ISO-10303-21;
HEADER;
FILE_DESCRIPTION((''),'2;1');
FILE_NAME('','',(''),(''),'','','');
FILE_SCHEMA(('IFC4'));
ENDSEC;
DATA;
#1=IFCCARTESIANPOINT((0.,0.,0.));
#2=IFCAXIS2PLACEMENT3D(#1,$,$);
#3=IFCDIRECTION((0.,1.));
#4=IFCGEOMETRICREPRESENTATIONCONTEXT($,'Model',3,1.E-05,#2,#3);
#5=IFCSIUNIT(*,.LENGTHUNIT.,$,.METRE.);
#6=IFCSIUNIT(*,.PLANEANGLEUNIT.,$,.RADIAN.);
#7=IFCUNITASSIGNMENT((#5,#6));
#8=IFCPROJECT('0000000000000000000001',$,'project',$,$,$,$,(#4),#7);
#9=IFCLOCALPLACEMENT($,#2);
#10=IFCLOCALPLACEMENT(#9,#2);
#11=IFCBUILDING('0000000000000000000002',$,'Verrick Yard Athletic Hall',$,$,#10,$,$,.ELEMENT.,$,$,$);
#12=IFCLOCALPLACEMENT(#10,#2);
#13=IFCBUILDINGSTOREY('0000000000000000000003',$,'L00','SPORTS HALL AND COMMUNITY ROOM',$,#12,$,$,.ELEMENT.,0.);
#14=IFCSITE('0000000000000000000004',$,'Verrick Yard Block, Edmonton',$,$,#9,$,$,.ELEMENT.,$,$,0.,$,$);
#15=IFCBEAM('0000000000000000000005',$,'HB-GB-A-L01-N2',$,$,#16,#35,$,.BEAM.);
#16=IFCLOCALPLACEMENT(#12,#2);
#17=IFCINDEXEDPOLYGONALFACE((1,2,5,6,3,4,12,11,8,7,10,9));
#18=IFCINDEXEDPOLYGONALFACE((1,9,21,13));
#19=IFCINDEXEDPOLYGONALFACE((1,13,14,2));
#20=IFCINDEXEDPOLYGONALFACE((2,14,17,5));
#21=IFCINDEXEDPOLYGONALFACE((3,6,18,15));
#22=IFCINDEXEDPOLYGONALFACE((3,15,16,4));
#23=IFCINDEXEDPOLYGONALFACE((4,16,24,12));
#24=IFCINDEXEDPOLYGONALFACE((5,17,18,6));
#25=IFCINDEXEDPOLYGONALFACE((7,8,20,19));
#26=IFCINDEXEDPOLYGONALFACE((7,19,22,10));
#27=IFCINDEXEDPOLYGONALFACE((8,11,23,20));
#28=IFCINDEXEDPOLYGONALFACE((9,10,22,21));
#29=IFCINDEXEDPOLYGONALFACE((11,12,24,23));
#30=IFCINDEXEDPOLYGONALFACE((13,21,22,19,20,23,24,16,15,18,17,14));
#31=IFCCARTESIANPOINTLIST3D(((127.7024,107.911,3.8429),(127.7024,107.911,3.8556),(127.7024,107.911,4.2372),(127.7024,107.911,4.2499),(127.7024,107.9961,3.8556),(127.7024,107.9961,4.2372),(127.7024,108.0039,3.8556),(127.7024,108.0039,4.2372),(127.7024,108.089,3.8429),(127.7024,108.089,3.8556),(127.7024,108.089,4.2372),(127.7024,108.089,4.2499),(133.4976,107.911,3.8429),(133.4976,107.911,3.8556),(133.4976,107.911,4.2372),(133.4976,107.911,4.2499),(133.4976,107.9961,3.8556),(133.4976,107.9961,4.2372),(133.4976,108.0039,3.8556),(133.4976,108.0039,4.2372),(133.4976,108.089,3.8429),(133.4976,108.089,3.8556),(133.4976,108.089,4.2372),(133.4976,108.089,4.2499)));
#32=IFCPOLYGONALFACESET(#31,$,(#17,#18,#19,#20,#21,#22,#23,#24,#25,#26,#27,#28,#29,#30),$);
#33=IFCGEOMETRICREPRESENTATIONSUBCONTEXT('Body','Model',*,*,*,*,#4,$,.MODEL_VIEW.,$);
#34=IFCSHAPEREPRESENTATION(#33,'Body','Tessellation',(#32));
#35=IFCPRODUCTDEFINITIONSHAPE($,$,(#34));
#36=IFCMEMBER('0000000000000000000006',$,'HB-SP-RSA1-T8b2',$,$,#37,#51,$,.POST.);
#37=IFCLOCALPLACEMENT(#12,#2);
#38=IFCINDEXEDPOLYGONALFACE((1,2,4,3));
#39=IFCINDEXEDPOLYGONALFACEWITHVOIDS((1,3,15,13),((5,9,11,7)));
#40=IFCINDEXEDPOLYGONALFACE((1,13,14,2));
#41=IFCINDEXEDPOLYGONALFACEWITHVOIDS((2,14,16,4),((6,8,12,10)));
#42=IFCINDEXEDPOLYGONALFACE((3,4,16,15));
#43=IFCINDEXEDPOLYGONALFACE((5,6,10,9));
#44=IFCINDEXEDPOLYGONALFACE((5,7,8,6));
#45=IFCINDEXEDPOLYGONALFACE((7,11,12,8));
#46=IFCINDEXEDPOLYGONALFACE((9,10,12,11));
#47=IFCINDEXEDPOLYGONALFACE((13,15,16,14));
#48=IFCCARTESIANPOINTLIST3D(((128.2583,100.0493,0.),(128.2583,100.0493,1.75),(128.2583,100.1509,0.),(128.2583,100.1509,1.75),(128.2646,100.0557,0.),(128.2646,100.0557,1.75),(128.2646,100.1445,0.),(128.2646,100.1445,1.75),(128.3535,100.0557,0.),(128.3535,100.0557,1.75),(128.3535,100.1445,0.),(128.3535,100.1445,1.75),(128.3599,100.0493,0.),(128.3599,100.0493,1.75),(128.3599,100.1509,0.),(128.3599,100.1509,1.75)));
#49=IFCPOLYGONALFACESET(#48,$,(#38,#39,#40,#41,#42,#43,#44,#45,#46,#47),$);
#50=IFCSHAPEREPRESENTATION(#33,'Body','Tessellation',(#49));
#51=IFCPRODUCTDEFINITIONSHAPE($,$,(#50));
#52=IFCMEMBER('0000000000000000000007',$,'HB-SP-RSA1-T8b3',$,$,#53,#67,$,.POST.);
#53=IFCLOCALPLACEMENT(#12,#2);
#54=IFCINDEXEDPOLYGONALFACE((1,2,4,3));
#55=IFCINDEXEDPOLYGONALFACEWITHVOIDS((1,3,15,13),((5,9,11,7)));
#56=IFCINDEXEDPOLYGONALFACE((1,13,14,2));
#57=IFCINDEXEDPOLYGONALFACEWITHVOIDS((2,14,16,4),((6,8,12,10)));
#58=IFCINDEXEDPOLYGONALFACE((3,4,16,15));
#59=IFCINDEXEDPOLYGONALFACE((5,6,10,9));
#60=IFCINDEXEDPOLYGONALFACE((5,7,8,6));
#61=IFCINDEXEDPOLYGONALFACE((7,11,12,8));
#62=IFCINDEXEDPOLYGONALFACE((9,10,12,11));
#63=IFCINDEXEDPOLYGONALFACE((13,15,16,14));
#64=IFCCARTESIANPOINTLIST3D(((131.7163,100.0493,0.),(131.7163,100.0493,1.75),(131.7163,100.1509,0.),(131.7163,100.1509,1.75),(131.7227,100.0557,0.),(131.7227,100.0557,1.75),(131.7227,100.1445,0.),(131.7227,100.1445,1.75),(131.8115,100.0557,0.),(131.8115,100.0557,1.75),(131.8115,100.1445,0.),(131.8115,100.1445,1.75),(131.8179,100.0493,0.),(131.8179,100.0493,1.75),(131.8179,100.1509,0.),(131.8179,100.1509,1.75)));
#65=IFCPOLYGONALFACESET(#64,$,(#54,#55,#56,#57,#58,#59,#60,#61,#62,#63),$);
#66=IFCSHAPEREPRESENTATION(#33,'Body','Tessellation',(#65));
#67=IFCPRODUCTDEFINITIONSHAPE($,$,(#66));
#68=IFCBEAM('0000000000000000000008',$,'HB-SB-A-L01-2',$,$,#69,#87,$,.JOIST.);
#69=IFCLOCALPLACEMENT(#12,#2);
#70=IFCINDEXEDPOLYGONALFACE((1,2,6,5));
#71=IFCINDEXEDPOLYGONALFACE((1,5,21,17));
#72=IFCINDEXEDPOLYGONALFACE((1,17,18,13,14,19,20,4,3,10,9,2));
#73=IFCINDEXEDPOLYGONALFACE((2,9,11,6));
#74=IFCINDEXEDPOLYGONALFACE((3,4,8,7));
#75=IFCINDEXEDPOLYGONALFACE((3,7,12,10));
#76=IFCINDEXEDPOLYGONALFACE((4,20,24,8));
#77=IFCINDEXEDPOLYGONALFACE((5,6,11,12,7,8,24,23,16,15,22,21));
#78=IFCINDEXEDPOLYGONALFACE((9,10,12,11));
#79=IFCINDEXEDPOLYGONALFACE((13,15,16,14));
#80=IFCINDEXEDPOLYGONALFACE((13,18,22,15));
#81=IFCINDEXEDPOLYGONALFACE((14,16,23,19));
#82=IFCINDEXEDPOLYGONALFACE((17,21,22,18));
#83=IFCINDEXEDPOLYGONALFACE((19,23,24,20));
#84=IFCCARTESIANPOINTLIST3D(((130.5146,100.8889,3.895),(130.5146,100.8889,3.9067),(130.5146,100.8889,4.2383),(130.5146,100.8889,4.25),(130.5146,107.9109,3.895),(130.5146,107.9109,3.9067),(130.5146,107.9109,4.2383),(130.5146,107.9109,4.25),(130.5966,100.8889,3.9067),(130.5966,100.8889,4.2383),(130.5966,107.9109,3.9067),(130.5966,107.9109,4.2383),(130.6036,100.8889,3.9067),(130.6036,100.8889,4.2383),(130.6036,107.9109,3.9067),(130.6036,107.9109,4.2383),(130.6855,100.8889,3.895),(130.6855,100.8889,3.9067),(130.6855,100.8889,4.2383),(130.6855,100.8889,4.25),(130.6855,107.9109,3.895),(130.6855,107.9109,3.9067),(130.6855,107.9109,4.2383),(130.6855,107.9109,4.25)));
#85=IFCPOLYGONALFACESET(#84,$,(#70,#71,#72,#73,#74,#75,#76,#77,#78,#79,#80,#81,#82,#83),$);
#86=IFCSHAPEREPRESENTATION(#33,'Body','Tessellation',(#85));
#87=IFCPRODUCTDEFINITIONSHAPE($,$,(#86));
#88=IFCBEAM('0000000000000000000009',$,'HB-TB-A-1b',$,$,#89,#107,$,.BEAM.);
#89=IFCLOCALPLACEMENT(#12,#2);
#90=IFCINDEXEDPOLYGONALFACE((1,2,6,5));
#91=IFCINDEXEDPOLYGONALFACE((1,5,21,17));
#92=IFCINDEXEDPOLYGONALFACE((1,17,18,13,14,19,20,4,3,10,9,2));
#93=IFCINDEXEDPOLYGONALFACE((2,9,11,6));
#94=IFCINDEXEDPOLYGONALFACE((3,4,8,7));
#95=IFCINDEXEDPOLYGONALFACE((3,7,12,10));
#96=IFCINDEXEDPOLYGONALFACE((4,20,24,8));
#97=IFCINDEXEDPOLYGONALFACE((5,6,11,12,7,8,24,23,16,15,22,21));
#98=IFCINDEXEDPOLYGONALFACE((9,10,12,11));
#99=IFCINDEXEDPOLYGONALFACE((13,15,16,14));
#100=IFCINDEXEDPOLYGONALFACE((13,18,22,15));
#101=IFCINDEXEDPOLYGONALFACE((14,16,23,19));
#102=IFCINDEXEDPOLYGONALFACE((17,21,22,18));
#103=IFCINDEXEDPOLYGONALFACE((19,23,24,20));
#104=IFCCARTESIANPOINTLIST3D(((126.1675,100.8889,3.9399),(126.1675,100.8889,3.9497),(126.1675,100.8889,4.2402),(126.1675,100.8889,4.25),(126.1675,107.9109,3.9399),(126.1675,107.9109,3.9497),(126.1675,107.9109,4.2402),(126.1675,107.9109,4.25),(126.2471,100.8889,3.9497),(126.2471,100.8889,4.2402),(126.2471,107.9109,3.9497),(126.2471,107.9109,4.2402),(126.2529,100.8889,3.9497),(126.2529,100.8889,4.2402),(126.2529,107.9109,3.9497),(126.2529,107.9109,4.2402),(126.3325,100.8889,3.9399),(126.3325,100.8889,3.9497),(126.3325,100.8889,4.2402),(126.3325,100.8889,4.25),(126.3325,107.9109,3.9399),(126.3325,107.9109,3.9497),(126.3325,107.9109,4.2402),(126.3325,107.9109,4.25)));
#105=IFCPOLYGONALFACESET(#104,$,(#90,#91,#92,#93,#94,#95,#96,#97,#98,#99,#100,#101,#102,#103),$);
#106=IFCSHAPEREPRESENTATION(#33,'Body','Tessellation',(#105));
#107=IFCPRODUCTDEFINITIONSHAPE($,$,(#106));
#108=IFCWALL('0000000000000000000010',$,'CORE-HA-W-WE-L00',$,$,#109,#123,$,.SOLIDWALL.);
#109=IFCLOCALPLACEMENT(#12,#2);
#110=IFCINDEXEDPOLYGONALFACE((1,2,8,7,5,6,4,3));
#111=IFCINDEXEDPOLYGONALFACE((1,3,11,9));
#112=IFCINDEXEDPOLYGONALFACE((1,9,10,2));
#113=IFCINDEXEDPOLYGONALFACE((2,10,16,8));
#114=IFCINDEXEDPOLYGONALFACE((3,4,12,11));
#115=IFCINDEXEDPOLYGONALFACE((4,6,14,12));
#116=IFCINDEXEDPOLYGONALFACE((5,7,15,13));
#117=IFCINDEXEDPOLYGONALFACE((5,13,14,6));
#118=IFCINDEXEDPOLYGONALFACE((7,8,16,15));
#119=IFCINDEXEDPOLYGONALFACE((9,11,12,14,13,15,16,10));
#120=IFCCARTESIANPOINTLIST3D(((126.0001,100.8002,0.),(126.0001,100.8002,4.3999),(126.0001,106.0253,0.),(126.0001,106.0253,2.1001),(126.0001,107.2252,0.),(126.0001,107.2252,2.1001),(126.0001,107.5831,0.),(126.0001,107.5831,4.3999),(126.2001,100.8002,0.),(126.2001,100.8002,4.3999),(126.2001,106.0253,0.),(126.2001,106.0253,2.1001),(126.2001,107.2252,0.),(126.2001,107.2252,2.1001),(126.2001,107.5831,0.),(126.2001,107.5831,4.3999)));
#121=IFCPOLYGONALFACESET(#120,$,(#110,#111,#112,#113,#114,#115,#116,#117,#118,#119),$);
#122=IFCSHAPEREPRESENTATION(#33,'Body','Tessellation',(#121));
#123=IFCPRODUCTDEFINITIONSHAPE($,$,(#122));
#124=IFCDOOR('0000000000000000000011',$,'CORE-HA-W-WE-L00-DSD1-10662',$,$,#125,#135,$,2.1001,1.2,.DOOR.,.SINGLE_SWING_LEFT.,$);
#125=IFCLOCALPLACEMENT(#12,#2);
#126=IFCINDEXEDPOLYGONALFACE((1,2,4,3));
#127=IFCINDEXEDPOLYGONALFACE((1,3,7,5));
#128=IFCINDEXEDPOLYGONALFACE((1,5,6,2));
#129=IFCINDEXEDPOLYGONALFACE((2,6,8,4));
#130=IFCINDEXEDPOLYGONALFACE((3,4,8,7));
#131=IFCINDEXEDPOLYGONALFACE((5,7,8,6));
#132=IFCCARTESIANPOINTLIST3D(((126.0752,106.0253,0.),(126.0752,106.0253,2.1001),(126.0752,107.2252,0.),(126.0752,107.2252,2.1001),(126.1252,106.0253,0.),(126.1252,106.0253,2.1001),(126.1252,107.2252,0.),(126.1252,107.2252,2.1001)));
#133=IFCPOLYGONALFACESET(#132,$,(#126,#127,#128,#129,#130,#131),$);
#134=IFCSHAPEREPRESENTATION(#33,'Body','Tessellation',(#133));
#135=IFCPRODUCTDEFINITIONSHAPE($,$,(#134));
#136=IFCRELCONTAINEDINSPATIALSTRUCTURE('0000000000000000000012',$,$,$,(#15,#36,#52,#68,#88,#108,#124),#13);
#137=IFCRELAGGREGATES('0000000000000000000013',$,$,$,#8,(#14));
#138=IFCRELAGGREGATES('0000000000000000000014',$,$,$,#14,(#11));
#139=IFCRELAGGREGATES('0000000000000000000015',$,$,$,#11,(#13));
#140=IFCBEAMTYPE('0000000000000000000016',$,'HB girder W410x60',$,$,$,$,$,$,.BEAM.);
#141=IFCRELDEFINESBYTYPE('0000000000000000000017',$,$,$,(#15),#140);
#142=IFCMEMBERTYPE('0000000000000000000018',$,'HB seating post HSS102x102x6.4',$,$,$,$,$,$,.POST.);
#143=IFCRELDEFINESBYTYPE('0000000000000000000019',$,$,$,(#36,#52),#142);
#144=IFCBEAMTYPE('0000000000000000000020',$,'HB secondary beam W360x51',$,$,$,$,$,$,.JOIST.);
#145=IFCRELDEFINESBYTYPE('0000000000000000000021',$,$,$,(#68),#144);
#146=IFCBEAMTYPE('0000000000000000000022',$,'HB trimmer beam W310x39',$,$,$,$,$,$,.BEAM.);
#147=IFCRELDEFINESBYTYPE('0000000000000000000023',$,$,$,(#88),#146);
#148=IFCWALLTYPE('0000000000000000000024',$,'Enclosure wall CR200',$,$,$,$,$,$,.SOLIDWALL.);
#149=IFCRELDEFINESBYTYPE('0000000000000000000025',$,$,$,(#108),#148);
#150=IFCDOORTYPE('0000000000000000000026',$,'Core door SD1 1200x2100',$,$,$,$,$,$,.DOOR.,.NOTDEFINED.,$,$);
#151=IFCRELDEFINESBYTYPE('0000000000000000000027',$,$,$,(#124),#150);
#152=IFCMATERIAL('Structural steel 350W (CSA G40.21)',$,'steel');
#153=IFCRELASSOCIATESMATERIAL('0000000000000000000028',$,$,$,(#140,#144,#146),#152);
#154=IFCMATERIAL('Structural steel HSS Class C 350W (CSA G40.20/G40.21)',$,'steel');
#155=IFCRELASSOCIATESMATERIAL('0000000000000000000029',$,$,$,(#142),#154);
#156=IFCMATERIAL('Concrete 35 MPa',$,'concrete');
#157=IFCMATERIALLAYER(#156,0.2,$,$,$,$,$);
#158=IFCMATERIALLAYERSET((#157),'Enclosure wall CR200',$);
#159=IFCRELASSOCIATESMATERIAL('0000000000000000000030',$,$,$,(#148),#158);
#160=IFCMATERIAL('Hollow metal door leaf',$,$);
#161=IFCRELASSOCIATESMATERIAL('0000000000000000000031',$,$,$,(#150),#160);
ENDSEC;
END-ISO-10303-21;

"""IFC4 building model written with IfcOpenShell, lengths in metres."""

from ifc_helpers import new_model, si_unit, direction, frame, frame_2d, origin, origin_2d, place, context, subcontext, project, spatial, rectangle, hollow_rectangle, i_section, extrude, material, layer, layer_set, material_profile, profile_set, type_object, element, fill, save


model = new_model("IFC4")

# Units and contexts
model_context = context("Model", 3, precision=1e-05, world=origin(), true_north=direction((0.0, 1.0)))
body_context = subcontext(model_context, "Body", "Model", "MODEL_VIEW")
ifc_project = project(units=[si_unit("LENGTHUNIT", "METRE"), si_unit("PLANEANGLEUNIT", "RADIAN")], contexts=[model_context])

# Site, building, storey
site_placement = place(None, origin())
site = spatial("IfcSite", under=ifc_project, at=site_placement, Name="Verrick Yard Block, Edmonton", CompositionType="ELEMENT", RefElevation=0.0)
building_placement = place(site_placement, origin())
building = spatial("IfcBuilding", under=site, at=building_placement, Name="Verrick Yard Athletic Hall", CompositionType="ELEMENT")
storey_placement = place(building_placement, origin())
storey = spatial("IfcBuildingStorey", under=building, at=storey_placement, Name="L00", Description="SPORTS HALL AND COMMUNITY ROOM", CompositionType="ELEMENT", Elevation=0.0)

# Shared definitions
ifc_material_1 = material(Name="Concrete 35 MPa", Category="concrete")

# Shared definitions
ifc_material_2 = material(Name="Structural steel 350W (CSA G40.21)", Category="steel")

# Beam
ifc_material_profile_1 = material_profile(ifc_material_2, i_section(OverallWidth=0.178, OverallDepth=0.407, WebThickness=0.0078, FlangeThickness=0.0127, at=origin_2d()), Name="W410x60")
ifc_profile_set_1 = profile_set([ifc_material_profile_1], Name="Structural steel 350W (CSA G40.21)")
beam_type_1 = type_object("IfcBeamType", Name="HB girder W410x60", PredefinedType="BEAM", material=ifc_profile_set_1)
for number, where, z_axis, x_axis, name in (
    (1, (127.7024, 108.0, 4.0464), (1.0, 0.0, 0.0), (0.0, 1.0, 0.0), "HB-GB-A-L01-N2"),
):
    element("IfcBeam", number, at=place(storey_placement, frame(where, z_axis=z_axis, x_axis=x_axis)), inside=storey, type_object=beam_type_1, Name=name, PredefinedType="BEAM", context=body_context, shape_type="SweptSolid", body=[
        extrude(i_section(OverallWidth=0.178, OverallDepth=0.407, WebThickness=0.0078, FlangeThickness=0.0127, at=origin_2d()), origin(), (0.0, 0.0, 1.0), 5.7952),
    ])

# Members
ifc_material_3 = material(Name="Structural steel HSS Class C 350W (CSA G40.20/G40.21)", Category="steel")
ifc_material_profile_2 = material_profile(ifc_material_3, hollow_rectangle(XDim=0.1016, YDim=0.1016, WallThickness=0.0063, at=origin_2d()), Name="HSS102x102x6.4")
ifc_profile_set_2 = profile_set([ifc_material_profile_2], Name="Structural steel HSS Class C 350W (CSA G40.20/G40.21)")
member_type = type_object("IfcMemberType", Name="HB seating post HSS102x102x6.4", PredefinedType="POST", material=ifc_profile_set_2)
for number, where, z_axis, x_axis, name in (
    (2, (128.3091, 100.1001, 0.0), (0.0, 0.0, 1.0), (0.0, 1.0, 0.0), "HB-SP-RSA1-T8b2"),
    (3, (131.7671, 100.1001, 0.0), (0.0, 0.0, 1.0), (0.0, 1.0, 0.0), "HB-SP-RSA1-T8b3"),
):
    element("IfcMember", number, at=place(storey_placement, frame(where, z_axis=z_axis, x_axis=x_axis)), inside=storey, type_object=member_type, Name=name, PredefinedType="POST", context=body_context, shape_type="SweptSolid", body=[
        extrude(hollow_rectangle(XDim=0.1016, YDim=0.1016, WallThickness=0.0063, at=origin_2d()), origin(), (0.0, 0.0, 1.0), 1.75),
    ])

# Beams
ifc_material_profile_3 = material_profile(ifc_material_2, i_section(OverallWidth=0.1709, OverallDepth=0.355, WebThickness=0.0071, FlangeThickness=0.0117, at=origin_2d()), Name="W360x51")
ifc_profile_set_3 = profile_set([ifc_material_profile_3], Name="Structural steel 350W (CSA G40.21)")
beam_type_2 = type_object("IfcBeamType", Name="HB secondary beam W360x51", PredefinedType="JOIST", material=ifc_profile_set_3)
beam_1_placement = place(storey_placement, frame((130.6001, 100.8889, 4.0725), z_axis=(0.0, 1.0, 0.0), x_axis=(-1.0, 0.0, 0.0)))
element("IfcBeam", 4, at=beam_1_placement, inside=storey, type_object=beam_type_2, Name="HB-SB-A-L01-2", PredefinedType="JOIST", context=body_context, shape_type="SweptSolid", body=[
    extrude(i_section(OverallWidth=0.1709, OverallDepth=0.355, WebThickness=0.0071, FlangeThickness=0.0117, at=origin_2d()), origin(), (0.0, 0.0, 1.0), 7.022),
])
ifc_material_profile_4 = material_profile(ifc_material_2, i_section(OverallWidth=0.165, OverallDepth=0.3101, WebThickness=0.0059, FlangeThickness=0.0098, at=origin_2d()), Name="W310x39")
ifc_profile_set_4 = profile_set([ifc_material_profile_4], Name="Structural steel 350W (CSA G40.21)")
beam_type_3 = type_object("IfcBeamType", Name="HB trimmer beam W310x39", PredefinedType="BEAM", material=ifc_profile_set_4)
beam_2_placement = place(storey_placement, frame((126.25, 100.8889, 4.095), z_axis=(0.0, 1.0, 0.0), x_axis=(-1.0, 0.0, 0.0)))
element("IfcBeam", 5, at=beam_2_placement, inside=storey, type_object=beam_type_3, Name="HB-TB-A-1b", PredefinedType="BEAM", context=body_context, shape_type="SweptSolid", body=[
    extrude(i_section(OverallWidth=0.165, OverallDepth=0.3101, WebThickness=0.0059, FlangeThickness=0.0098, at=origin_2d()), origin(), (0.0, 0.0, 1.0), 7.022),
])

# Wall, opening, door
ifc_layer_1 = layer(ifc_material_1, 0.2)
ifc_layer_set_1 = layer_set([ifc_layer_1], Name="Enclosure wall CR200")
wall_type_1 = type_object("IfcWallType", Name="Enclosure wall CR200", PredefinedType="SOLIDWALL", material=ifc_layer_set_1)
wall_1_placement = place(storey_placement, frame((126.1001, 100.8, 0.0), z_axis=(0.0, 0.0, 1.0), x_axis=(0.0, 1.0, 0.0)))
wall_1 = element("IfcWall", 6, at=wall_1_placement, inside=storey, type_object=wall_type_1, Name="CORE-HA-W-WE-L00", PredefinedType="SOLIDWALL", context=body_context, shape_type="SweptSolid", body=[
    extrude(rectangle(XDim=6.783, YDim=0.2, at=frame_2d((3.3916, 0.0))), origin(), (0.0, 0.0, 1.0), 4.3999),
])
opening_1_placement = place(wall_1_placement, frame((5.2251, 0.0, 0.0)))
opening_1 = element("IfcOpeningElement", 7, at=opening_1_placement, cuts=wall_1, PredefinedType="OPENING", context=body_context, shape_type="SweptSolid", body=[
    extrude(rectangle(XDim=1.2, YDim=2.1001, at=frame_2d((0.6001, 1.05))), frame((0.0, 0.1099, 0.0), z_axis=(0.0, -1.0, 0.0), x_axis=(1.0, 0.0, 0.0)), (0.0, 0.0, 1.0), 0.22),
])
ifc_material_4 = material(Name="Hollow metal door leaf")
door_type_1 = type_object("IfcDoorType", Name="Core door SD1 1200x2100", OperationType="NOTDEFINED", PredefinedType="DOOR", material=ifc_material_4)
door_1_placement = place(opening_1_placement, origin())
door_1 = element("IfcDoor", 8, at=door_1_placement, inside=storey, type_object=door_type_1, Name="CORE-HA-W-WE-L00-DSD1-10662", OperationType="SINGLE_SWING_LEFT", OverallHeight=2.1001, OverallWidth=1.2, PredefinedType="DOOR", context=body_context, shape_type="SweptSolid", body=[
    extrude(rectangle(XDim=1.2, YDim=2.1001, at=frame_2d((0.6001, 1.05))), frame((0.0, 0.0249, 0.0), z_axis=(0.0, -1.0, 0.0), x_axis=(1.0, 0.0, 0.0)), (0.0, 0.0, 1.0), 0.05),
])
fill(opening_1, door_1)

save(model, "model.ifc")
